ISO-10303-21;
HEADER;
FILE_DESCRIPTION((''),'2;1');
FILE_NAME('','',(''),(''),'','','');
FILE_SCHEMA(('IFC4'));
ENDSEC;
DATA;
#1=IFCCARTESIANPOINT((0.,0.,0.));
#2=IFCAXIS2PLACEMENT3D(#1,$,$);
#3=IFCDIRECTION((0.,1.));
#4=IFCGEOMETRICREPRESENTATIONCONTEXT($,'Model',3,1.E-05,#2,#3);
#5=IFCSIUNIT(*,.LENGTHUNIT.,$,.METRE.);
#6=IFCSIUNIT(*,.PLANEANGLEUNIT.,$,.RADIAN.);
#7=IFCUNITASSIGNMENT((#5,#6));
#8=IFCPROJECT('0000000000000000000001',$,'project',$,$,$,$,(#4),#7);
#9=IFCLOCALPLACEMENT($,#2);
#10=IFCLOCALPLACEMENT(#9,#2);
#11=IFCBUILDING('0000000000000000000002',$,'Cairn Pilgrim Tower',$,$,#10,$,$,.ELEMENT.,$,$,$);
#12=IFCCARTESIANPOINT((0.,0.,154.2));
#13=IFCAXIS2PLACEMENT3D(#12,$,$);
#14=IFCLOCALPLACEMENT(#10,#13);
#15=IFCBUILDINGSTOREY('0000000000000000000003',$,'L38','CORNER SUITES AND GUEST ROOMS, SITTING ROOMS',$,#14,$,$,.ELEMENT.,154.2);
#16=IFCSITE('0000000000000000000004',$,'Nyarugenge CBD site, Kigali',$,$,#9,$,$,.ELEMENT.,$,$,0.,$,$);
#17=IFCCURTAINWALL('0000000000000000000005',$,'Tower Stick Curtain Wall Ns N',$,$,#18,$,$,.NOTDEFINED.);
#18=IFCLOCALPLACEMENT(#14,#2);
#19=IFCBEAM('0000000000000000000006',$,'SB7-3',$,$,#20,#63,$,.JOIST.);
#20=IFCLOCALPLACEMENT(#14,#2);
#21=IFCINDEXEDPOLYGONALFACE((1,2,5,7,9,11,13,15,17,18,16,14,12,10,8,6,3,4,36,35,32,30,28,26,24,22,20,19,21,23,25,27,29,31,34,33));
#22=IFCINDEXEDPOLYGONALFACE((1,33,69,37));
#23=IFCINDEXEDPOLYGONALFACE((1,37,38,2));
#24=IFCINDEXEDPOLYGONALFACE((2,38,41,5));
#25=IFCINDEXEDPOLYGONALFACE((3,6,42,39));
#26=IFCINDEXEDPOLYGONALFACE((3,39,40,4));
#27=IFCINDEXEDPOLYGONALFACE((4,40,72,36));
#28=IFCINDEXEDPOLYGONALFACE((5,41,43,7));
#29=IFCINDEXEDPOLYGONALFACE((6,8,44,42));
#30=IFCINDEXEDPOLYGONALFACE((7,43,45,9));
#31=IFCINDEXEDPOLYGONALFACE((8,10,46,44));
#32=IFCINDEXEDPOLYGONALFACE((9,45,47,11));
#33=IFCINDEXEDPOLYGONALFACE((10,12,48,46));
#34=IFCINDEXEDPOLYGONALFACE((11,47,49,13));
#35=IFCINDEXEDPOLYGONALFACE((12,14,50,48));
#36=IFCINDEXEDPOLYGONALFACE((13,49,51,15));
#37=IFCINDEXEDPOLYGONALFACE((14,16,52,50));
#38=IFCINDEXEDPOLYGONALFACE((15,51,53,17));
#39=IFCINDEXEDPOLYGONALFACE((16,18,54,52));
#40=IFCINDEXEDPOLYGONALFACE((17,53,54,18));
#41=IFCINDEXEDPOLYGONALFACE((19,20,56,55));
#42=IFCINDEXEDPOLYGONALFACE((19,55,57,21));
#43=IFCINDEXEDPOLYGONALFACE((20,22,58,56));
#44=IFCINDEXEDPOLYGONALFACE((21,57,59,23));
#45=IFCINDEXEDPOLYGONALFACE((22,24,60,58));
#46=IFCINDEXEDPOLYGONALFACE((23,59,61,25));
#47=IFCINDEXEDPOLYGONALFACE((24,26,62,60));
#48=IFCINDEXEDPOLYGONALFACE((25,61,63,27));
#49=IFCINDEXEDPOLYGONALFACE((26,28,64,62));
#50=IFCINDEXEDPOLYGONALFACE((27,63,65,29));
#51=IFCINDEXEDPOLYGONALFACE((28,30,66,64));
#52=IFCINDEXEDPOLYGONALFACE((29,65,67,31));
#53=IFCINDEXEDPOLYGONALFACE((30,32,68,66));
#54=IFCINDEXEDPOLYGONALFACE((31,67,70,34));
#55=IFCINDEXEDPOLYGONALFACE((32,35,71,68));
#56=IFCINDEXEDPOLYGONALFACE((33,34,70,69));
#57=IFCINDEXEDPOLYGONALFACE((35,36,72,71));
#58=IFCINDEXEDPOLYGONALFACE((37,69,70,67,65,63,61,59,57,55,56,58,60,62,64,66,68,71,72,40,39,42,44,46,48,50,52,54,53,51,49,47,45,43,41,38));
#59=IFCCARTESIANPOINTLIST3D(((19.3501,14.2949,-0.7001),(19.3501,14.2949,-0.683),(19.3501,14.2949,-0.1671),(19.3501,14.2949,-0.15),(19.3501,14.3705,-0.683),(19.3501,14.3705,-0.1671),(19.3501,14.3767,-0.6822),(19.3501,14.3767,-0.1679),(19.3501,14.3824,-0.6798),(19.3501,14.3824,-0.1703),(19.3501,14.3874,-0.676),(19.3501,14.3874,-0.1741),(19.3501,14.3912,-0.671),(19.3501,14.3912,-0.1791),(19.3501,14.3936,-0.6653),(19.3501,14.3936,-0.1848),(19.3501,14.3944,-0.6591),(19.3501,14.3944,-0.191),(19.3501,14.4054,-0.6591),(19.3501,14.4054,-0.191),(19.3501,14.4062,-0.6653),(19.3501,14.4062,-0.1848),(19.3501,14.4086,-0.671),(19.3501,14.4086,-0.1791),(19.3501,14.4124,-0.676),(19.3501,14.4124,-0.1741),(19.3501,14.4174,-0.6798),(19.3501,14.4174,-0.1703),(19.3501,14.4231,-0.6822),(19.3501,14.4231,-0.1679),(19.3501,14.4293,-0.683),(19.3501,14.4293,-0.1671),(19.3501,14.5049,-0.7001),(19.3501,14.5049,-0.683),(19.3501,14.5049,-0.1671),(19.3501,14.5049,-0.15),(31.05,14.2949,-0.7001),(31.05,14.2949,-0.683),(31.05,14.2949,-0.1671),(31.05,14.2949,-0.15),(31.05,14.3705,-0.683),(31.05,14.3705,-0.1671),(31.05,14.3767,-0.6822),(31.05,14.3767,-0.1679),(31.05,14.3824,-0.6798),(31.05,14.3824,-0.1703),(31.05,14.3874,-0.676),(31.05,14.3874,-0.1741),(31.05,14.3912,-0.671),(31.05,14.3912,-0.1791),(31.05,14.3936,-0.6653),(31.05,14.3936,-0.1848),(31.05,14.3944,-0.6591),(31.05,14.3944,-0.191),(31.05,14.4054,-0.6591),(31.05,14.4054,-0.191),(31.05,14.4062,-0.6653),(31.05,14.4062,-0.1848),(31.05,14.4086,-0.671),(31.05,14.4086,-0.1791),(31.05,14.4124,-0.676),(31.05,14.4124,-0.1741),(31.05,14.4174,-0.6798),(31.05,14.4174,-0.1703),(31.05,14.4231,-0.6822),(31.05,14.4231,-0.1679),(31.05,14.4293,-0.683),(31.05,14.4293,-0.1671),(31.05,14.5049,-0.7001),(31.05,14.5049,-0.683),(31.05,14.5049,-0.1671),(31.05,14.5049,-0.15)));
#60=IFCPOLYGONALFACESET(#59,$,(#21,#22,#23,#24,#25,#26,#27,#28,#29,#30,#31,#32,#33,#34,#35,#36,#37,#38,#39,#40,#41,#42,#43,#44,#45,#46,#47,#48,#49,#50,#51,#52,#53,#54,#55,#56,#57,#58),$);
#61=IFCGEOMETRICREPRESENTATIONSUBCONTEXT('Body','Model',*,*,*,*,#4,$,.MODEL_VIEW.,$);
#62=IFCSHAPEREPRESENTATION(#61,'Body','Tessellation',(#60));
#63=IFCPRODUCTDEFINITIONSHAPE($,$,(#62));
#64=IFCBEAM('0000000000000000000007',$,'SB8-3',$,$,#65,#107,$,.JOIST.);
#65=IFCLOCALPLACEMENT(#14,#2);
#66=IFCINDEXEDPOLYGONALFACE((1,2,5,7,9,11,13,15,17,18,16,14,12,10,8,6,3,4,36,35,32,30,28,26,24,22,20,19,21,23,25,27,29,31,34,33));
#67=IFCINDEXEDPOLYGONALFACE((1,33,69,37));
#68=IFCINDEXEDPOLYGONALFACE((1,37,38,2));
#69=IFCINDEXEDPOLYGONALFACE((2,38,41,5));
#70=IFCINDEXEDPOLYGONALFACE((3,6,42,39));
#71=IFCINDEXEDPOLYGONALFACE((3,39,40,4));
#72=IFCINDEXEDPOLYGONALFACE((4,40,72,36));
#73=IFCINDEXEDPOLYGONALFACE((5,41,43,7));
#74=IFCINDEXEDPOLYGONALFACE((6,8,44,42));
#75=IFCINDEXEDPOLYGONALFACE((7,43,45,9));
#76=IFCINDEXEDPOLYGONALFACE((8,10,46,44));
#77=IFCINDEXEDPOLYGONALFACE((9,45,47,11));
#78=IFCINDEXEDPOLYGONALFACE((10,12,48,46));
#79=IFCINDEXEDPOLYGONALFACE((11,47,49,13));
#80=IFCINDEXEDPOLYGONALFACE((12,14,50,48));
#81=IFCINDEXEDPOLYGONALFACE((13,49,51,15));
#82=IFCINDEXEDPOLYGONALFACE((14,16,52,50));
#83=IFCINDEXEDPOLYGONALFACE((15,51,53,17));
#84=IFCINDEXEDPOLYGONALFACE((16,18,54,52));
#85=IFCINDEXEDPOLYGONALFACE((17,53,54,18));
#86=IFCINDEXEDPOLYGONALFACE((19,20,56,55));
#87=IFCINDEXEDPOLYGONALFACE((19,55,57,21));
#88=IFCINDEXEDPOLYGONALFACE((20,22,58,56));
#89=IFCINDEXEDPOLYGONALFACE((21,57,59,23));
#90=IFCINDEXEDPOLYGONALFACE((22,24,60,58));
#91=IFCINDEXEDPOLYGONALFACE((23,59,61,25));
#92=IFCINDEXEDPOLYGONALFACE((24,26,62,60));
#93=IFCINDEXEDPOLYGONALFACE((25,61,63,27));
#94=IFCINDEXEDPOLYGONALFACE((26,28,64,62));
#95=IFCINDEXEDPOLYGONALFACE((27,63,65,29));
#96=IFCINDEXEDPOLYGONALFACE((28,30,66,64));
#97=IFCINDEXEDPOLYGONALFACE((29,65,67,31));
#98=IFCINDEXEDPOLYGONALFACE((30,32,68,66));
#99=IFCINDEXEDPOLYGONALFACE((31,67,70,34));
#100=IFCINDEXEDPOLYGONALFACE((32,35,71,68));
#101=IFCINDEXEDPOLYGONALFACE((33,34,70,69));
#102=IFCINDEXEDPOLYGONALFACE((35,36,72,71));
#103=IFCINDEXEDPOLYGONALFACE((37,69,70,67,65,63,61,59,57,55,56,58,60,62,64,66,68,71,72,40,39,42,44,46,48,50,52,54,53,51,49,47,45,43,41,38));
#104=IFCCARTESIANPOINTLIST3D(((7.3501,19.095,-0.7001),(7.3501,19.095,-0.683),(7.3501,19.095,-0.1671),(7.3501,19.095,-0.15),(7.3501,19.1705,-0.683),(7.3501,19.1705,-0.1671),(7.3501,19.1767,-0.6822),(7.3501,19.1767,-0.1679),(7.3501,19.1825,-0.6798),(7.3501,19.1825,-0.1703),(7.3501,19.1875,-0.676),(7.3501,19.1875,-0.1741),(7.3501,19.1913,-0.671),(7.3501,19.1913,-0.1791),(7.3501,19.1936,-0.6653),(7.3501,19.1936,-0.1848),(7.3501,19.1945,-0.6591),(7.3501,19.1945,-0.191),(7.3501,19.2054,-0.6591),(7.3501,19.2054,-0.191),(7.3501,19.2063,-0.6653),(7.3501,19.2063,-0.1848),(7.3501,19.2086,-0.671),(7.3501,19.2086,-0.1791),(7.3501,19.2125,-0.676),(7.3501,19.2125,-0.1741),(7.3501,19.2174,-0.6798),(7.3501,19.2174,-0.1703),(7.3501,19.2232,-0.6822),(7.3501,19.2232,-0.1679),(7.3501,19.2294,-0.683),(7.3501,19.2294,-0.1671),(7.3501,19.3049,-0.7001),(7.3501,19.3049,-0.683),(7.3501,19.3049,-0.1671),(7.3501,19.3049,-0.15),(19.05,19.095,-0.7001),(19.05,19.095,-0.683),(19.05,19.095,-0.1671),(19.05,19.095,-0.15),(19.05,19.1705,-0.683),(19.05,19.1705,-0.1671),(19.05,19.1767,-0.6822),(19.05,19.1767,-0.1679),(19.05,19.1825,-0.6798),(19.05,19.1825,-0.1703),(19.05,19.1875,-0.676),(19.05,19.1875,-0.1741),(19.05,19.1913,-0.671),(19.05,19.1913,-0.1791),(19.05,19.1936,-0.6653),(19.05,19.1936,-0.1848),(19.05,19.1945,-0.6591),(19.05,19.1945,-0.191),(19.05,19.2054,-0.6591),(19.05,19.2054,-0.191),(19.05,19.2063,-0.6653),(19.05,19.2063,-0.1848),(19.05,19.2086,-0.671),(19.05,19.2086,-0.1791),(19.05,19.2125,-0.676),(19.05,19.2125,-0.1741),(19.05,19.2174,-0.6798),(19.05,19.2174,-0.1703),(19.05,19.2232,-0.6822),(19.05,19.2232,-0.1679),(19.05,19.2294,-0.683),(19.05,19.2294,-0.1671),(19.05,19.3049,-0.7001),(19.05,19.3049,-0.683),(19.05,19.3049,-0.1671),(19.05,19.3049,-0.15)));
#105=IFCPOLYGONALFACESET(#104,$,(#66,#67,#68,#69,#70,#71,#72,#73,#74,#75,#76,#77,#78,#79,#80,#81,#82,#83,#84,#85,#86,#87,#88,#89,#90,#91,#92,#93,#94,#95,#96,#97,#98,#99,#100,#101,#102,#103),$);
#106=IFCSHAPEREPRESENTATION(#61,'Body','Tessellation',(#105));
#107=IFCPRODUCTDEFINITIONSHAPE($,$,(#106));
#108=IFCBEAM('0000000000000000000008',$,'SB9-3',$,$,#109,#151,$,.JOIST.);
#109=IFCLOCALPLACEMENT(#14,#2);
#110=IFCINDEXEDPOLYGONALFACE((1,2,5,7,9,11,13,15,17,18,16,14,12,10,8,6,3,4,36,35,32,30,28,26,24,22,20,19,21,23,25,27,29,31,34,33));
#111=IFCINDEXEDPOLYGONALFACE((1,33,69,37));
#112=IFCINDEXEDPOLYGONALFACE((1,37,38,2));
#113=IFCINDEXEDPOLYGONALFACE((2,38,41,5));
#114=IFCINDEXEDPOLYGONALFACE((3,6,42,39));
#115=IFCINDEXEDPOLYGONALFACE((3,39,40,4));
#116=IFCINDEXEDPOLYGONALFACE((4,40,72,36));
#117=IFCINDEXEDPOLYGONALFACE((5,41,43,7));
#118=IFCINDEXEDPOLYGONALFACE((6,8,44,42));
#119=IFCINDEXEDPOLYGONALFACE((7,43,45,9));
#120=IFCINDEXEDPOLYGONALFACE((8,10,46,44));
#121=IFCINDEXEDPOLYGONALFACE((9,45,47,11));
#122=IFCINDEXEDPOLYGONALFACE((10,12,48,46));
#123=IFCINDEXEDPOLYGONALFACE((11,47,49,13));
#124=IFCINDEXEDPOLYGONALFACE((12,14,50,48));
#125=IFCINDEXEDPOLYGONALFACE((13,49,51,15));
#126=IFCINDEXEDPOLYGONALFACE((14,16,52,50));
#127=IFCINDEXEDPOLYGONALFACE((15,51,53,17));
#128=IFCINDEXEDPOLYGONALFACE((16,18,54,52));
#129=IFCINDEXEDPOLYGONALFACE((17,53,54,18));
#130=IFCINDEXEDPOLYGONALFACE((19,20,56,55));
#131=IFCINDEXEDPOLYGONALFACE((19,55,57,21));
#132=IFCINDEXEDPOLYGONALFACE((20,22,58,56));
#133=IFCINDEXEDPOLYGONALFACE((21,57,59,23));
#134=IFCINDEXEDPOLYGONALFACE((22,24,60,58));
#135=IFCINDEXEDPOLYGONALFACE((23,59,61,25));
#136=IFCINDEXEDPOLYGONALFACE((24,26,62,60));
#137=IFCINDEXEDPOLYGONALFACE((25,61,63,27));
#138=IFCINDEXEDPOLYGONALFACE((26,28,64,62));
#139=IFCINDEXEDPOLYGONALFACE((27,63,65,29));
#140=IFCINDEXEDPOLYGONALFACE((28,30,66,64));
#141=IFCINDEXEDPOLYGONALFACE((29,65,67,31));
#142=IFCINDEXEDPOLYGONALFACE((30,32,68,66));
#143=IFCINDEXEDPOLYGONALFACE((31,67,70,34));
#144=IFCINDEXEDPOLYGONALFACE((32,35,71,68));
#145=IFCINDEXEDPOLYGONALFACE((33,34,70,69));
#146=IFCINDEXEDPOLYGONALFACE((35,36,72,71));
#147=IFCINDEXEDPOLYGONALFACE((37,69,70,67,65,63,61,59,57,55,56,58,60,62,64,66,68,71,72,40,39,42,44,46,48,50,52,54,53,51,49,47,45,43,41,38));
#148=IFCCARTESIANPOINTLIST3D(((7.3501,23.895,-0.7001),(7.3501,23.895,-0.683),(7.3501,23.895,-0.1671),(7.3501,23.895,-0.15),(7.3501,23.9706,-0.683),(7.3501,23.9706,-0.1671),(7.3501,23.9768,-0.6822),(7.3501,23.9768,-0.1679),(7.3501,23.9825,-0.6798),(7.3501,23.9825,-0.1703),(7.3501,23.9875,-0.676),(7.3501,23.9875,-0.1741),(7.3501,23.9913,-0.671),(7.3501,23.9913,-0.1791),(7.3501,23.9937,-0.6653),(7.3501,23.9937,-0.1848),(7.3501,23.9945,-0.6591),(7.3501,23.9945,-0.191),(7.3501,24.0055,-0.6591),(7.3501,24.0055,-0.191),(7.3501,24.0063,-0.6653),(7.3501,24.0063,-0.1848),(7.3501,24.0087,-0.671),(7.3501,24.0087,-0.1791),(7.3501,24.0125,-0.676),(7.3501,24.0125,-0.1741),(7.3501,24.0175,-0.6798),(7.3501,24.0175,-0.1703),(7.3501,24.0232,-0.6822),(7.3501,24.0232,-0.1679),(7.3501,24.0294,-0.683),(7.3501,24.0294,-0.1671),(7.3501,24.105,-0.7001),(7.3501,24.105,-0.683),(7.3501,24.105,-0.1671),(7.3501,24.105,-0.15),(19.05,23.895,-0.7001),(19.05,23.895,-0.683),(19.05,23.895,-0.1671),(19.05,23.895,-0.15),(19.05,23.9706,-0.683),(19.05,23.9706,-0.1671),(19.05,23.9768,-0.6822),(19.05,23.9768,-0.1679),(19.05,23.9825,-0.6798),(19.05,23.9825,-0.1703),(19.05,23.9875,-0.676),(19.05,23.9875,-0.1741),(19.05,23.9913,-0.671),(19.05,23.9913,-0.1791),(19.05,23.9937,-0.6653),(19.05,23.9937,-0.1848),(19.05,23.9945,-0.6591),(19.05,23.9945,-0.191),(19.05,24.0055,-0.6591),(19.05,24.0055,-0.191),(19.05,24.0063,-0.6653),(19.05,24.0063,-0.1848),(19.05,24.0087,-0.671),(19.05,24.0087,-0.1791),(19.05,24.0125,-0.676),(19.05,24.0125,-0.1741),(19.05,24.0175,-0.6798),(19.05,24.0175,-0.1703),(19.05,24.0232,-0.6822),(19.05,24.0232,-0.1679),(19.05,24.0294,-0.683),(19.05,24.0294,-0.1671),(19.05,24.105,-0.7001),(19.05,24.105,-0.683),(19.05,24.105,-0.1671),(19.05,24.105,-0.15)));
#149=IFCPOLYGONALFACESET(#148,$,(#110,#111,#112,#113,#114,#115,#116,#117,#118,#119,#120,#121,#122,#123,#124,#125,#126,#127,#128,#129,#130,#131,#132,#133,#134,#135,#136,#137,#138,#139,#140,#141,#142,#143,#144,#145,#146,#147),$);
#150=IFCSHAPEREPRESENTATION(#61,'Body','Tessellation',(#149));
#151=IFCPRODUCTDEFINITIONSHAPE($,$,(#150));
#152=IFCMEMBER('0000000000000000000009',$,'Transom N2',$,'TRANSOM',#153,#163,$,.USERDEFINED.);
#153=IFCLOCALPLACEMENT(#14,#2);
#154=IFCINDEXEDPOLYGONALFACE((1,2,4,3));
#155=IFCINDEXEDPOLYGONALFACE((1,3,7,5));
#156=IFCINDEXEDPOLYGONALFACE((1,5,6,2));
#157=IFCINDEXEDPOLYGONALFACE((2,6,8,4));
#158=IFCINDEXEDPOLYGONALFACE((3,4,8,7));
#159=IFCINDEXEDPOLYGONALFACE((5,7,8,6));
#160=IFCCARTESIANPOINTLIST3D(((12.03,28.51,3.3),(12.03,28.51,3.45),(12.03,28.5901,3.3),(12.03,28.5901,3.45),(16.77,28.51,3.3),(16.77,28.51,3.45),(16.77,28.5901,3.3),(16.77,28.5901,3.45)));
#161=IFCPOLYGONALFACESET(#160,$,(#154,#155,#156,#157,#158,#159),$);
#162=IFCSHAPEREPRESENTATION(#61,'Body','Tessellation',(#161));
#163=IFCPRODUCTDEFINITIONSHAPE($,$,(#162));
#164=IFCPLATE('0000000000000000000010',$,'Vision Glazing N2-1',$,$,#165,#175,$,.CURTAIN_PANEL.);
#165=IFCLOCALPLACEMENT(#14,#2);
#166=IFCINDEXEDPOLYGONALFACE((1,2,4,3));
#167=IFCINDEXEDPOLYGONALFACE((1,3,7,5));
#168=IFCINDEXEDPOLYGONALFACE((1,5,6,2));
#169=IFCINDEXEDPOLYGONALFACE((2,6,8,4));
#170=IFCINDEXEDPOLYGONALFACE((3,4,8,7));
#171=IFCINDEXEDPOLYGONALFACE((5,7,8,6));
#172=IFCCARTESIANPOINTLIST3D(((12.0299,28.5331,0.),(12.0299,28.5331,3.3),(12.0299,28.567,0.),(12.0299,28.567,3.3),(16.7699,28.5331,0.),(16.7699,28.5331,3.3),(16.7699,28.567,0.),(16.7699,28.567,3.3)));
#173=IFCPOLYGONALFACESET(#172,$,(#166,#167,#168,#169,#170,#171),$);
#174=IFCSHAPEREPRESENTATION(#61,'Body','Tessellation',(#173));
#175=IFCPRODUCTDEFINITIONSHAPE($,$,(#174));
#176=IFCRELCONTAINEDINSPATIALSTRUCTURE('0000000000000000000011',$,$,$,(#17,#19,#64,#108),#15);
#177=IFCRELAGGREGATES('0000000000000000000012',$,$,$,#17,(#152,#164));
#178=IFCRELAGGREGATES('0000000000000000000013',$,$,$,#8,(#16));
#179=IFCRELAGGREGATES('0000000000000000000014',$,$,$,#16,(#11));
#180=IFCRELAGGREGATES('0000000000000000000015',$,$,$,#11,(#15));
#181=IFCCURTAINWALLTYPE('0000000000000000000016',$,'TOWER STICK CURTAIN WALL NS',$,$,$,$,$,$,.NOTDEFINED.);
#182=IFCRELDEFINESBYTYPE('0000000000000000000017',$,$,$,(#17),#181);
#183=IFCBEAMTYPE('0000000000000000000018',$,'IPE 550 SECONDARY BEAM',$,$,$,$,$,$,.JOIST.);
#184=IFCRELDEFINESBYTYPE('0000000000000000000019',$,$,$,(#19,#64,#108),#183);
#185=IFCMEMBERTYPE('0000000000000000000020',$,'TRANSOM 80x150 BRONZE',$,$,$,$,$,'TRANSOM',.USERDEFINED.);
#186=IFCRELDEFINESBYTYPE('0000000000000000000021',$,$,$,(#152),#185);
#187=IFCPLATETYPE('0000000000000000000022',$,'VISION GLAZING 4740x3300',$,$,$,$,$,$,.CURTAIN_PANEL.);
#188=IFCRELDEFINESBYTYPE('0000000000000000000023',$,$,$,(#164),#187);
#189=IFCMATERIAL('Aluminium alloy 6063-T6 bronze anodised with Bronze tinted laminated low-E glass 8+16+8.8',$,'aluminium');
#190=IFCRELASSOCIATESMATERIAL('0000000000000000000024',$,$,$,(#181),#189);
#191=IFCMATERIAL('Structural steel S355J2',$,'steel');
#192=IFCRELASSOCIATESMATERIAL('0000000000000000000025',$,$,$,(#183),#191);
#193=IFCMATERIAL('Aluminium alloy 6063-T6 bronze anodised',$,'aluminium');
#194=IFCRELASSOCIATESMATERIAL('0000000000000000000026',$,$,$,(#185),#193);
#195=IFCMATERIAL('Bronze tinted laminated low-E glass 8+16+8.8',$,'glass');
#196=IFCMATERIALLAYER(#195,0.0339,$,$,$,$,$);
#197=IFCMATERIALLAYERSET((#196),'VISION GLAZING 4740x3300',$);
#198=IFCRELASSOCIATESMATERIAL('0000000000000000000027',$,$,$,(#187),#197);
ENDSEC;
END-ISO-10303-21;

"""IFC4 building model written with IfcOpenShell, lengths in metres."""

from ifc_helpers import new_model, si_unit, direction, frame, origin, origin_2d, place, context, subcontext, project, spatial, rectangle, i_section, extrude, material, layer, layer_set, material_profile, profile_set, type_object, element, aggregate, save


model = new_model("IFC4")

# Units and contexts
model_context = context("Model", 3, precision=1e-05, world=origin(), true_north=direction((0.0, 1.0)))
body_context = subcontext(model_context, "Body", "Model", "MODEL_VIEW")
ifc_project = project(units=[si_unit("LENGTHUNIT", "METRE"), si_unit("PLANEANGLEUNIT", "RADIAN")], contexts=[model_context])

# Site, building, storey
site_placement = place(None, origin())
site = spatial("IfcSite", under=ifc_project, at=site_placement, Name="Nyarugenge CBD site, Kigali", CompositionType="ELEMENT", RefElevation=0.0)
building_placement = place(site_placement, origin())
building = spatial("IfcBuilding", under=site, at=building_placement, Name="Cairn Pilgrim Tower", CompositionType="ELEMENT")
storey_placement = place(building_placement, frame((0.0, 0.0, 154.2)))
storey = spatial("IfcBuildingStorey", under=building, at=storey_placement, Name="L38", Description="CORNER SUITES AND GUEST ROOMS, SITTING ROOMS", CompositionType="ELEMENT", Elevation=154.2)

# Shared definitions
ifc_material_1 = material(Name="Structural steel S355J2", Category="steel")

# Curtain wall
ifc_material_2 = material(Name="Aluminium alloy 6063-T6 bronze anodised with Bronze tinted laminated low-E glass 8+16+8.8", Category="aluminium")
curtain_wall_type = type_object("IfcCurtainWallType", Name="TOWER STICK CURTAIN WALL NS", PredefinedType="NOTDEFINED", material=ifc_material_2)
curtain_wall_placement = place(storey_placement, origin())
curtain_wall = element("IfcCurtainWall", 1, at=curtain_wall_placement, inside=storey, type_object=curtain_wall_type, Name="Tower Stick Curtain Wall Ns N", PredefinedType="NOTDEFINED")
ifc_material_3 = material(Name="Aluminium alloy 6063-T6 bronze anodised", Category="aluminium")

# Beams
ifc_material_profile_1 = material_profile(ifc_material_1, i_section(OverallWidth=0.21, OverallDepth=0.55, WebThickness=0.011, FlangeThickness=0.0171, FilletRadius=0.0239, at=origin_2d()), Name="IPE 550")
ifc_profile_set_1 = profile_set([ifc_material_profile_1], Name="Structural steel S355J2")
beam_type_1 = type_object("IfcBeamType", Name="IPE 550 SECONDARY BEAM", PredefinedType="JOIST", material=ifc_profile_set_1)
for number, where, z_axis, x_axis, name in (
    (2, (19.3501, 14.3999, -0.425), (1.0, 0.0, 0.0), (0.0, 1.0, 0.0), "SB7-3"),
    (3, (7.3501, 19.2, -0.425), (1.0, 0.0, 0.0), (0.0, 1.0, 0.0), "SB8-3"),
    (4, (7.3501, 24.0, -0.425), (1.0, 0.0, 0.0), (0.0, 1.0, 0.0), "SB9-3"),
):
    element("IfcBeam", number, at=place(storey_placement, frame(where, z_axis=z_axis, x_axis=x_axis)), inside=storey, type_object=beam_type_1, Name=name, PredefinedType="JOIST", context=body_context, shape_type="SweptSolid", body=[
        extrude(i_section(OverallWidth=0.21, OverallDepth=0.55, WebThickness=0.011, FlangeThickness=0.0171, FilletRadius=0.0239, at=origin_2d()), origin(), (0.0, 0.0, 1.0), 11.7),
    ])

# Member
ifc_material_profile_2 = material_profile(ifc_material_3, rectangle(XDim=0.0801, YDim=0.1499, at=origin_2d()), Name="TRANSOM 80x150 BRONZE")
ifc_profile_set_2 = profile_set([ifc_material_profile_2], Name="Aluminium alloy 6063-T6 bronze anodised")
member_type_1 = type_object("IfcMemberType", Name="TRANSOM 80x150 BRONZE", ElementType="TRANSOM", PredefinedType="USERDEFINED", material=ifc_profile_set_2)
member_1_placement = place(storey_placement, frame((16.77, 28.55, 3.375), z_axis=(-1.0, 0.0, 0.0), x_axis=(0.0, -1.0, 0.0)))
member_1 = element("IfcMember", 5, at=member_1_placement, type_object=member_type_1, Name="Transom N2", ObjectType="TRANSOM", PredefinedType="USERDEFINED", context=body_context, shape_type="SweptSolid", body=[
    extrude(rectangle(XDim=0.0801, YDim=0.1499, at=origin_2d()), origin(), (0.0, 0.0, 1.0), 4.74),
])

# Plate
ifc_material_4 = material(Name="Bronze tinted laminated low-E glass 8+16+8.8", Category="glass")
ifc_layer_1 = layer(ifc_material_4, 0.0339)
ifc_layer_set_1 = layer_set([ifc_layer_1], Name="VISION GLAZING 4740x3300")
plate_type = type_object("IfcPlateType", Name="VISION GLAZING 4740x3300", PredefinedType="CURTAIN_PANEL", material=ifc_layer_set_1)
plate_placement = place(storey_placement, frame((14.3999, 28.55, 0.0), z_axis=(0.0, 0.0, 1.0), x_axis=(-1.0, 0.0, 0.0)))
plate = element("IfcPlate", 6, at=plate_placement, type_object=plate_type, Name="Vision Glazing N2-1", PredefinedType="CURTAIN_PANEL", context=body_context, shape_type="SweptSolid", body=[
    extrude(rectangle(XDim=4.74, YDim=0.0339, at=origin_2d()), origin(), (0.0, 0.0, 1.0), 3.3),
])
aggregate(curtain_wall, [member_1, plate])

save(model, "model.ifc")
